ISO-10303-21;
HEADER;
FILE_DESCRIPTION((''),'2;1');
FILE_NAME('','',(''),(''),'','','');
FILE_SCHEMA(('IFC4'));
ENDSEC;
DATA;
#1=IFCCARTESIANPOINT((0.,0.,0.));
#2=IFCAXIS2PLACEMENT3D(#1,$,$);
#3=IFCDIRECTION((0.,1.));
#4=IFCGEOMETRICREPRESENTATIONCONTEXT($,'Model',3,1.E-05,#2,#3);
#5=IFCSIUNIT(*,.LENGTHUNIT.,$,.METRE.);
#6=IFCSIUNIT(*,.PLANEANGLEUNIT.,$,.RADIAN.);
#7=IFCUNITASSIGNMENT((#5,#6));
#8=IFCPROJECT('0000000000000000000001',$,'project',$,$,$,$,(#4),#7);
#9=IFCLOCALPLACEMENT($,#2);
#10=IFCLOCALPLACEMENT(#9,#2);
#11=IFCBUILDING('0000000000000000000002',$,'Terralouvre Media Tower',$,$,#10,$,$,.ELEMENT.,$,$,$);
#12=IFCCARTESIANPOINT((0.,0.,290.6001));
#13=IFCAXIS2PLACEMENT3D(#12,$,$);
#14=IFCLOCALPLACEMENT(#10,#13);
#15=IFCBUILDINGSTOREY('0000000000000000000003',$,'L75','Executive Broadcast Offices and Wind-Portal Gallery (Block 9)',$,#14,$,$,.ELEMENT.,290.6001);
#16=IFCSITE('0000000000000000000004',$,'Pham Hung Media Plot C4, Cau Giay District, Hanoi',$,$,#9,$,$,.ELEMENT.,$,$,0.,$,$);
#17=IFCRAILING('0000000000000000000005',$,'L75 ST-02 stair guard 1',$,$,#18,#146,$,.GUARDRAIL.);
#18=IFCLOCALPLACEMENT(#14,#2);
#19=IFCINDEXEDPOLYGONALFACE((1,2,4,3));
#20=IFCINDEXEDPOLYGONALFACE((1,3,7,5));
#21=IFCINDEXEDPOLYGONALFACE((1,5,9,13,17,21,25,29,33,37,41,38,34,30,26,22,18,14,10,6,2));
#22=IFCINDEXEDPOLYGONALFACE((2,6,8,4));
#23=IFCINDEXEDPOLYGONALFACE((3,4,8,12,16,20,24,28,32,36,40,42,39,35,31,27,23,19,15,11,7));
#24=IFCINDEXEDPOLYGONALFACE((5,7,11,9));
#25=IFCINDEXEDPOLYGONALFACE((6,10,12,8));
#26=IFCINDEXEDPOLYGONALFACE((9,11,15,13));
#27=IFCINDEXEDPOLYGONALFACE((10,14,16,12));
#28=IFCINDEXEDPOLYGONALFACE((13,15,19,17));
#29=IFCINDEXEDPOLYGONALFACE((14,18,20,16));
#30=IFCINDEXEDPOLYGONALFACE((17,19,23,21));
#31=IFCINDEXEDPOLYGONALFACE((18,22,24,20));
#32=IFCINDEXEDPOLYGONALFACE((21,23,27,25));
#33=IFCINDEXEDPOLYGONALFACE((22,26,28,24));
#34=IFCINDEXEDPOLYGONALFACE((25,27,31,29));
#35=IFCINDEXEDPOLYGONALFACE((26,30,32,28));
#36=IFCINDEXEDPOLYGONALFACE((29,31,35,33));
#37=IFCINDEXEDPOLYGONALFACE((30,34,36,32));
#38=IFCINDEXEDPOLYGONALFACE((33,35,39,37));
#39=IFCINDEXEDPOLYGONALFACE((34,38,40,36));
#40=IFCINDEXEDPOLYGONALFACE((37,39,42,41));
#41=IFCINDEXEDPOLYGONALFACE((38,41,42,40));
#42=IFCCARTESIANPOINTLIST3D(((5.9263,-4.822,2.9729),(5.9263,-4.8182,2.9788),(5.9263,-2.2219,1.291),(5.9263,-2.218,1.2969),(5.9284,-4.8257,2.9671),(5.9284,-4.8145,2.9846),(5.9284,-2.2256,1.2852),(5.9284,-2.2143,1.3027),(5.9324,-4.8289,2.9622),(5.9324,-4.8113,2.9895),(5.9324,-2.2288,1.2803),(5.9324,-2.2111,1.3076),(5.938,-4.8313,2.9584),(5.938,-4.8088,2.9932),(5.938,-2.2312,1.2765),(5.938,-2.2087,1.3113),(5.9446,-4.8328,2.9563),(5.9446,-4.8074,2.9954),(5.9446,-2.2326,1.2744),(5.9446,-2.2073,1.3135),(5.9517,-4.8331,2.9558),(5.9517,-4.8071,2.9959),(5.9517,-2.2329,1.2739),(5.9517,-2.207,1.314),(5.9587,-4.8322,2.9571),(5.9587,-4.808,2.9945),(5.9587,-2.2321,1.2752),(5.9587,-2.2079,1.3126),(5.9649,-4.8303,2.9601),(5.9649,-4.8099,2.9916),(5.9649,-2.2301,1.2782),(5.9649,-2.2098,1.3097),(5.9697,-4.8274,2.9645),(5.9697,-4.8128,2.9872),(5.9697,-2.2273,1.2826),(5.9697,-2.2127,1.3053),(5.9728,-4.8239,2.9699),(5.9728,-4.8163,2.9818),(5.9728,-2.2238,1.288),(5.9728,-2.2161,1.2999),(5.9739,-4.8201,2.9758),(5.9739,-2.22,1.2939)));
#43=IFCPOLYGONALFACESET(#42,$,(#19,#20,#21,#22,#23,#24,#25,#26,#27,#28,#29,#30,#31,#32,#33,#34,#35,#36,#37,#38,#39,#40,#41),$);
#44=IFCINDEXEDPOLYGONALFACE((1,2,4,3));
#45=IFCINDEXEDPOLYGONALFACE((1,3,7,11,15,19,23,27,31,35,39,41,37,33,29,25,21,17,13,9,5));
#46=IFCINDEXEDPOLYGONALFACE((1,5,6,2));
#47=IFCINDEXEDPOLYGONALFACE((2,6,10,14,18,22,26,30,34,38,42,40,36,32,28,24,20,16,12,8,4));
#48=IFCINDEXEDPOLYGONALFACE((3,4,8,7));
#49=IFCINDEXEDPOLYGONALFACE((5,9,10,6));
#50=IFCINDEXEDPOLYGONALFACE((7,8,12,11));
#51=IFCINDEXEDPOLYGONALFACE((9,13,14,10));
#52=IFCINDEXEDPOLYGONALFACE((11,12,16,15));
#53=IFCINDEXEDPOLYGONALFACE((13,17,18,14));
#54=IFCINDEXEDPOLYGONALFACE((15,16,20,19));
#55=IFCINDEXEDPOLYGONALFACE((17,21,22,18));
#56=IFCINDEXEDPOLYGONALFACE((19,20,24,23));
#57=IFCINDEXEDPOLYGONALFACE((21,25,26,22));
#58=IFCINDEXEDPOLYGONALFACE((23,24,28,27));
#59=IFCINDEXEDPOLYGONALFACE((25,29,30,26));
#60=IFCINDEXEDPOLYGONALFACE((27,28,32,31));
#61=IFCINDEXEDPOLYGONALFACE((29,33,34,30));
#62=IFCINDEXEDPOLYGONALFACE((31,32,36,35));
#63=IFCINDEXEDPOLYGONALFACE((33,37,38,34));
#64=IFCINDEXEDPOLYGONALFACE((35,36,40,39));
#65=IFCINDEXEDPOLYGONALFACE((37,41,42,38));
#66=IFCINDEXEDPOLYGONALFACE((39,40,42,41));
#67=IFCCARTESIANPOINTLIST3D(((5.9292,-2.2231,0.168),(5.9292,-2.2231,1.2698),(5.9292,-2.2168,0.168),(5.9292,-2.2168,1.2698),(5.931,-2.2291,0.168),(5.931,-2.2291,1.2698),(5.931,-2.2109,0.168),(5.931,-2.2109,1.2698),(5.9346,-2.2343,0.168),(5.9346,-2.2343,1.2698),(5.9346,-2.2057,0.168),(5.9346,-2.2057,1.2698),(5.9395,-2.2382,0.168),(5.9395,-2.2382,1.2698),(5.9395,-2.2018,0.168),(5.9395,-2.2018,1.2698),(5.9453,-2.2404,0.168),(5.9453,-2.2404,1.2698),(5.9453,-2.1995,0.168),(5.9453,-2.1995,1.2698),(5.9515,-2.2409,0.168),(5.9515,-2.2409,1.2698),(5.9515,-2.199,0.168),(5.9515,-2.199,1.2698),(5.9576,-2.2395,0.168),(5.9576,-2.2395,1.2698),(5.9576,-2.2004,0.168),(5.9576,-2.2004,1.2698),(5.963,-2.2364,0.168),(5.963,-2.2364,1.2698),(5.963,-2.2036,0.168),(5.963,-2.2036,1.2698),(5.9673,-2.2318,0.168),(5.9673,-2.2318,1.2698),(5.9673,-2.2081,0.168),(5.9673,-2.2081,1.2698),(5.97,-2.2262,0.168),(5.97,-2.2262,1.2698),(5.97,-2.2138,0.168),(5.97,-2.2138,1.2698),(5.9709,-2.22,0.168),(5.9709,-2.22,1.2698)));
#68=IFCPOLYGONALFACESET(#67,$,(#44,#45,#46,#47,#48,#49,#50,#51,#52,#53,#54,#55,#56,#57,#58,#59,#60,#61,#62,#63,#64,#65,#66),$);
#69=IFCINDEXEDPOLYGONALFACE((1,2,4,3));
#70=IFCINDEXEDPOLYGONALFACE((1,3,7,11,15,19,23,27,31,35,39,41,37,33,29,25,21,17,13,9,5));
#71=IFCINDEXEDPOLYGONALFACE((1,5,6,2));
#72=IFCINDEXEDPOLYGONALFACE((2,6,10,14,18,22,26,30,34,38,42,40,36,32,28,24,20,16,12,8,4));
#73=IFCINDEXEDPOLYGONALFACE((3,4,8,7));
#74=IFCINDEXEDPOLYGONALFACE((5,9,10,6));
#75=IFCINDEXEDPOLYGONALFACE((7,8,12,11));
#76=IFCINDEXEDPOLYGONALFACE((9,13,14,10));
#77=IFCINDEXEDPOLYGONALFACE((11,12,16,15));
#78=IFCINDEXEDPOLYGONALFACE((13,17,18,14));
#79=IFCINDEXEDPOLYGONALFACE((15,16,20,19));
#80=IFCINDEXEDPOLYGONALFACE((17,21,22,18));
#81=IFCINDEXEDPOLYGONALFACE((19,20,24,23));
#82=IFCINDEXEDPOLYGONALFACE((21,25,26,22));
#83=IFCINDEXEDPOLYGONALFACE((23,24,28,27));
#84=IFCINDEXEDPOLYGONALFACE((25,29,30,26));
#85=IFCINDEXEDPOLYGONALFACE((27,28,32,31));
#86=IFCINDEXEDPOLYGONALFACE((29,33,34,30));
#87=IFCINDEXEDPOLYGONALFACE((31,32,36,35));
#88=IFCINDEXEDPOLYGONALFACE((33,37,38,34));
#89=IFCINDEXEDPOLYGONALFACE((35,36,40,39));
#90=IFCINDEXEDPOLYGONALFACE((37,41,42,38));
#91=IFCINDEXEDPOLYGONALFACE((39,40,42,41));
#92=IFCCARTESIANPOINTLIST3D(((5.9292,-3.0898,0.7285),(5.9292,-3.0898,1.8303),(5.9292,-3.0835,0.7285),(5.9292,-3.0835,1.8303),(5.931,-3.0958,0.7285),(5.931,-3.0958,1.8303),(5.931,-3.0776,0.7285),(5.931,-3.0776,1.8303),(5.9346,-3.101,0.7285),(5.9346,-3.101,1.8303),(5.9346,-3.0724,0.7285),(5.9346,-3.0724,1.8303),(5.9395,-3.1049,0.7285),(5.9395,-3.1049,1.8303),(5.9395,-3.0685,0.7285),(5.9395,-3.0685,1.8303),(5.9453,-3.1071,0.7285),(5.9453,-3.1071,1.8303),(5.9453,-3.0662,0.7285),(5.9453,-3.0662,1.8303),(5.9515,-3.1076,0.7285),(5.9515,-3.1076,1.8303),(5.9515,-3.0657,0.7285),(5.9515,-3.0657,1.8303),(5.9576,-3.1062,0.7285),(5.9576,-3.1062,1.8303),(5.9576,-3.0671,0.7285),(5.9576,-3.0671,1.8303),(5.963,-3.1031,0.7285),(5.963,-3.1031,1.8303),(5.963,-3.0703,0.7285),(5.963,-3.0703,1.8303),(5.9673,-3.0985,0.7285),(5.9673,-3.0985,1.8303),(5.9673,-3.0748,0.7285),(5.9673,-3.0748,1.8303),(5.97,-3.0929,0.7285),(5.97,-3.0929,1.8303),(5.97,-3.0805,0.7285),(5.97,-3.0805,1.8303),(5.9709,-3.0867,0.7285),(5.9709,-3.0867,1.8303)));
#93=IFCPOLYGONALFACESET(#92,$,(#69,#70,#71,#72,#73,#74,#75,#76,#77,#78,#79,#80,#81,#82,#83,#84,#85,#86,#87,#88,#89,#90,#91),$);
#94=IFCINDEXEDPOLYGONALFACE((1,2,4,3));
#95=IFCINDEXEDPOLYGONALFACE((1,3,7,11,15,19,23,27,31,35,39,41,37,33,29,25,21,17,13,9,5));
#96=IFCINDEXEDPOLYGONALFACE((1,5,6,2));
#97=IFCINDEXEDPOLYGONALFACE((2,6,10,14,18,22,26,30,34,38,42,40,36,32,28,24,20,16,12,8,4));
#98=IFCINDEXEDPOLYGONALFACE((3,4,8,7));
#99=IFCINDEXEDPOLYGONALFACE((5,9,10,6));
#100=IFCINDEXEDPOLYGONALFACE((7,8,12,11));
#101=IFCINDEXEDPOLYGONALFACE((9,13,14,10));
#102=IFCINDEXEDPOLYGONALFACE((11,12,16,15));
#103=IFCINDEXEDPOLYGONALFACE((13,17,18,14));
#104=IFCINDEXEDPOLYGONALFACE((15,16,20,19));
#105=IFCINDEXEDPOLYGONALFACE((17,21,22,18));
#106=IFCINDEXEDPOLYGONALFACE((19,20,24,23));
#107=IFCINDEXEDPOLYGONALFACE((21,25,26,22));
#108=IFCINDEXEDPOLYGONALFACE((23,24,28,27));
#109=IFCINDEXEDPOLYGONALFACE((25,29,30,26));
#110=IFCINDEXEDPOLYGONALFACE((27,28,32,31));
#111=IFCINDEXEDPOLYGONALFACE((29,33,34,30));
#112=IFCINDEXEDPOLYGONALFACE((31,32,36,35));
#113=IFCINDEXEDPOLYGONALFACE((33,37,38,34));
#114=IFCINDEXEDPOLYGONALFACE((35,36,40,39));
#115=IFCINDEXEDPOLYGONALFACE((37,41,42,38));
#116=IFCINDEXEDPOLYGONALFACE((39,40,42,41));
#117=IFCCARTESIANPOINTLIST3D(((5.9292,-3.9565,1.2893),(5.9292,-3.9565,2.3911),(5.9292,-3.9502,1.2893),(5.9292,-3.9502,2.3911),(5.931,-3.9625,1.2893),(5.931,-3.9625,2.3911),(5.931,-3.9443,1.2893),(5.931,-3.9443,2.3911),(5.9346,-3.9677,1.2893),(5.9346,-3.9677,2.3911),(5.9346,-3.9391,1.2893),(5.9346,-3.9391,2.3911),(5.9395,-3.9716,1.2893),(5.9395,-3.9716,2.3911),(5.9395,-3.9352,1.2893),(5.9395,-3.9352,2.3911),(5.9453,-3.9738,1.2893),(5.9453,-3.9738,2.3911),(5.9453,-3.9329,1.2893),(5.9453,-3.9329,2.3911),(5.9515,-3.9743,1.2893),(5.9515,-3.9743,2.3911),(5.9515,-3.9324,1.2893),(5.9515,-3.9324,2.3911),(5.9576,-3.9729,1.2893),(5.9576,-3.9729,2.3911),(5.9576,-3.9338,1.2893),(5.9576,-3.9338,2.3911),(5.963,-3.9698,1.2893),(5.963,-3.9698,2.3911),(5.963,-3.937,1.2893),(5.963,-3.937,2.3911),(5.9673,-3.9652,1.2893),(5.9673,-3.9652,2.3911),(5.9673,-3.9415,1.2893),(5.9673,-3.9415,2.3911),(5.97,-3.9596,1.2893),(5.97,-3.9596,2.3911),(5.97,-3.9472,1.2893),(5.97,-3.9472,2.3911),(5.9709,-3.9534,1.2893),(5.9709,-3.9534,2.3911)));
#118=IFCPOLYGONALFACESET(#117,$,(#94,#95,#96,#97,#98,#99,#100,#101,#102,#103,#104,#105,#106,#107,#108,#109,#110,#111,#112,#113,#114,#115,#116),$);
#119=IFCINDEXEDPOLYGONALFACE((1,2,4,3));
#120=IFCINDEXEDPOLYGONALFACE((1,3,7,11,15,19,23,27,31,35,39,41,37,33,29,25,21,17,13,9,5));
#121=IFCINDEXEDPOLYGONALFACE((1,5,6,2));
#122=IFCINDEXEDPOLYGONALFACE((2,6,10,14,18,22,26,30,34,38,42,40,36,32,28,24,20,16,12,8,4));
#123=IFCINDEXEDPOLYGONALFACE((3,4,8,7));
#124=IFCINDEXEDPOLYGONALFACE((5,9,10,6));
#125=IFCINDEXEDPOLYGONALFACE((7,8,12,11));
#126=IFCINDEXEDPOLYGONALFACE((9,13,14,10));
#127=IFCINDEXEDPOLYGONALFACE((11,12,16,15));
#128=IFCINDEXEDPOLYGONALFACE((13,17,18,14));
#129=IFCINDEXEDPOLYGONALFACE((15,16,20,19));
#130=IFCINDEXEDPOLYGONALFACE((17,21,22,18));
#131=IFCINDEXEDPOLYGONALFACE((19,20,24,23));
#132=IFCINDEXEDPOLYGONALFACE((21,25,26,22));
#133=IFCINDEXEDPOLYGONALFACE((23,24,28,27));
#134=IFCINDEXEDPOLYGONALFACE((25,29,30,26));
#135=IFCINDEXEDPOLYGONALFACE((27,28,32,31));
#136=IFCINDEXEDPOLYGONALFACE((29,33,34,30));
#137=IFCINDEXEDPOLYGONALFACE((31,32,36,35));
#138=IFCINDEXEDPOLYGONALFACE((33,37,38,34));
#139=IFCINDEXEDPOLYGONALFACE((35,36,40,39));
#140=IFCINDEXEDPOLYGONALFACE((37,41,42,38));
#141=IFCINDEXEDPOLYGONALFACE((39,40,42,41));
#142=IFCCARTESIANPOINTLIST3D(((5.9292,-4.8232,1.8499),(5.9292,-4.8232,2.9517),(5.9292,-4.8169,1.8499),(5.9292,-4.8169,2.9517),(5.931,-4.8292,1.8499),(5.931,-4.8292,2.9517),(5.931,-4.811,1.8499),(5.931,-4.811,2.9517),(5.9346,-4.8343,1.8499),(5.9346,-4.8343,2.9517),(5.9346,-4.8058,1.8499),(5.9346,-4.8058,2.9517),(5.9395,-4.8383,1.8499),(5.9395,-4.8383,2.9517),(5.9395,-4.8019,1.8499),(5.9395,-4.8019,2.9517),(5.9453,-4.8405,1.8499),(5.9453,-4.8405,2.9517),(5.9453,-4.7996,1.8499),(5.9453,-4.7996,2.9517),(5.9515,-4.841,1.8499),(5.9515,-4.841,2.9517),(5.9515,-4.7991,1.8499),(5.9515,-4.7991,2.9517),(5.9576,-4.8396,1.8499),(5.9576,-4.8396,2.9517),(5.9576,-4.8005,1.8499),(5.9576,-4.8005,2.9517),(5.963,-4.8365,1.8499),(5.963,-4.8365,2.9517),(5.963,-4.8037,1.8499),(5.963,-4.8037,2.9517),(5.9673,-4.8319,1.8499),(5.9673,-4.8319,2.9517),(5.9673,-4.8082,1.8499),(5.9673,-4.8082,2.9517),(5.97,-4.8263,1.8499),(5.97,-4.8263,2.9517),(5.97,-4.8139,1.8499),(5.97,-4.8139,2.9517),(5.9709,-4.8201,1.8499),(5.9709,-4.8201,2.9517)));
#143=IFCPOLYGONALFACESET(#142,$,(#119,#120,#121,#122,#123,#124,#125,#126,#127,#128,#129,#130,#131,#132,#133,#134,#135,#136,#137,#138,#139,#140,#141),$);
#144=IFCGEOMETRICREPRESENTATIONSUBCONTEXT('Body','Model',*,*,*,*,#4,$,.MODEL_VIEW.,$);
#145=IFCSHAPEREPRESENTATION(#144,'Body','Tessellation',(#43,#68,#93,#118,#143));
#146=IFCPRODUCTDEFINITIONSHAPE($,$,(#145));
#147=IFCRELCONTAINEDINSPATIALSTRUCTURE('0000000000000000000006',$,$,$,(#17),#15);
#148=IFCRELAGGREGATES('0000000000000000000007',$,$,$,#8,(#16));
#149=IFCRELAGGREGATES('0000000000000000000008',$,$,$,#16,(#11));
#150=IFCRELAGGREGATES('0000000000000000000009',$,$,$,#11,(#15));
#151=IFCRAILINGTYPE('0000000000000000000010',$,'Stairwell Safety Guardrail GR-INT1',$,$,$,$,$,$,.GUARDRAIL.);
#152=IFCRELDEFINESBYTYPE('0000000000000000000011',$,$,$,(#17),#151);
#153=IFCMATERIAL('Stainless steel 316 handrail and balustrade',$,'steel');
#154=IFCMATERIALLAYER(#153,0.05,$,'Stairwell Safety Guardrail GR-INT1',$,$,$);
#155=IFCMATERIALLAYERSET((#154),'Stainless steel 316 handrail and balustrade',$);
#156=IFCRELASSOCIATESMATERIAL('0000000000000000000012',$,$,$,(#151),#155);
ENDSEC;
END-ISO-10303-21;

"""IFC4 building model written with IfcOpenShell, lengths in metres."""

from ifc_helpers import new_model, si_unit, direction, frame, origin, origin_2d, place, context, subcontext, project, spatial, circle, extrude, material, layer, layer_set, type_object, element, save


model = new_model("IFC4")

# Units and contexts
model_context = context("Model", 3, precision=1e-05, world=origin(), true_north=direction((0.0, 1.0)))
body_context = subcontext(model_context, "Body", "Model", "MODEL_VIEW")
ifc_project = project(units=[si_unit("LENGTHUNIT", "METRE"), si_unit("PLANEANGLEUNIT", "RADIAN")], contexts=[model_context])

# Site, building, storey
site_placement = place(None, origin())
site = spatial("IfcSite", under=ifc_project, at=site_placement, Name="Pham Hung Media Plot C4, Cau Giay District, Hanoi", CompositionType="ELEMENT", RefElevation=0.0)
building_placement = place(site_placement, origin())
building = spatial("IfcBuilding", under=site, at=building_placement, Name="Terralouvre Media Tower", CompositionType="ELEMENT")
storey_placement = place(building_placement, frame((0.0, 0.0, 290.6001)))
storey = spatial("IfcBuildingStorey", under=building, at=storey_placement, Name="L75", Description="Executive Broadcast Offices and Wind-Portal Gallery (Block 9)", CompositionType="ELEMENT", Elevation=290.6001)

# Railing
ifc_material_1 = material(Name="Stainless steel 316 handrail and balustrade", Category="steel")
ifc_layer_1 = layer(ifc_material_1, 0.05, Name="Stairwell Safety Guardrail GR-INT1")
ifc_layer_set_1 = layer_set([ifc_layer_1], Name="Stainless steel 316 handrail and balustrade")
railing_type_1 = type_object("IfcRailingType", Name="Stairwell Safety Guardrail GR-INT1", PredefinedType="GUARDRAIL", material=ifc_layer_set_1)
railing_1_placement = place(storey_placement, frame((5.95, -2.22, 0.168)))
element("IfcRailing", 1, at=railing_1_placement, inside=storey, type_object=railing_type_1, Name="L75 ST-02 stair guard 1", PredefinedType="GUARDRAIL", context=body_context, shape_type="SweptSolid", body=[
    extrude(circle(Radius=0.0239, at=origin_2d()), frame((0.0, 0.0, 1.126), z_axis=(0.0, -0.839648, 0.54313), x_axis=(1.0, 0.0, 0.0)), (0.0, 0.0, 1.0), 3.0967),
    extrude(circle(Radius=0.021, at=origin_2d()), origin(), (0.0, 0.0, 1.0), 1.1018),
    extrude(circle(Radius=0.021, at=origin_2d()), frame((0.0, -0.8667, 0.5605)), (0.0, 0.0, 1.0), 1.1018),
    extrude(circle(Radius=0.021, at=origin_2d()), frame((0.0, -1.7334, 1.1213)), (0.0, 0.0, 1.0), 1.1018),
    extrude(circle(Radius=0.021, at=origin_2d()), frame((0.0, -2.6001, 1.6819)), (0.0, 0.0, 1.0), 1.1018),
])

save(model, "model.ifc")
